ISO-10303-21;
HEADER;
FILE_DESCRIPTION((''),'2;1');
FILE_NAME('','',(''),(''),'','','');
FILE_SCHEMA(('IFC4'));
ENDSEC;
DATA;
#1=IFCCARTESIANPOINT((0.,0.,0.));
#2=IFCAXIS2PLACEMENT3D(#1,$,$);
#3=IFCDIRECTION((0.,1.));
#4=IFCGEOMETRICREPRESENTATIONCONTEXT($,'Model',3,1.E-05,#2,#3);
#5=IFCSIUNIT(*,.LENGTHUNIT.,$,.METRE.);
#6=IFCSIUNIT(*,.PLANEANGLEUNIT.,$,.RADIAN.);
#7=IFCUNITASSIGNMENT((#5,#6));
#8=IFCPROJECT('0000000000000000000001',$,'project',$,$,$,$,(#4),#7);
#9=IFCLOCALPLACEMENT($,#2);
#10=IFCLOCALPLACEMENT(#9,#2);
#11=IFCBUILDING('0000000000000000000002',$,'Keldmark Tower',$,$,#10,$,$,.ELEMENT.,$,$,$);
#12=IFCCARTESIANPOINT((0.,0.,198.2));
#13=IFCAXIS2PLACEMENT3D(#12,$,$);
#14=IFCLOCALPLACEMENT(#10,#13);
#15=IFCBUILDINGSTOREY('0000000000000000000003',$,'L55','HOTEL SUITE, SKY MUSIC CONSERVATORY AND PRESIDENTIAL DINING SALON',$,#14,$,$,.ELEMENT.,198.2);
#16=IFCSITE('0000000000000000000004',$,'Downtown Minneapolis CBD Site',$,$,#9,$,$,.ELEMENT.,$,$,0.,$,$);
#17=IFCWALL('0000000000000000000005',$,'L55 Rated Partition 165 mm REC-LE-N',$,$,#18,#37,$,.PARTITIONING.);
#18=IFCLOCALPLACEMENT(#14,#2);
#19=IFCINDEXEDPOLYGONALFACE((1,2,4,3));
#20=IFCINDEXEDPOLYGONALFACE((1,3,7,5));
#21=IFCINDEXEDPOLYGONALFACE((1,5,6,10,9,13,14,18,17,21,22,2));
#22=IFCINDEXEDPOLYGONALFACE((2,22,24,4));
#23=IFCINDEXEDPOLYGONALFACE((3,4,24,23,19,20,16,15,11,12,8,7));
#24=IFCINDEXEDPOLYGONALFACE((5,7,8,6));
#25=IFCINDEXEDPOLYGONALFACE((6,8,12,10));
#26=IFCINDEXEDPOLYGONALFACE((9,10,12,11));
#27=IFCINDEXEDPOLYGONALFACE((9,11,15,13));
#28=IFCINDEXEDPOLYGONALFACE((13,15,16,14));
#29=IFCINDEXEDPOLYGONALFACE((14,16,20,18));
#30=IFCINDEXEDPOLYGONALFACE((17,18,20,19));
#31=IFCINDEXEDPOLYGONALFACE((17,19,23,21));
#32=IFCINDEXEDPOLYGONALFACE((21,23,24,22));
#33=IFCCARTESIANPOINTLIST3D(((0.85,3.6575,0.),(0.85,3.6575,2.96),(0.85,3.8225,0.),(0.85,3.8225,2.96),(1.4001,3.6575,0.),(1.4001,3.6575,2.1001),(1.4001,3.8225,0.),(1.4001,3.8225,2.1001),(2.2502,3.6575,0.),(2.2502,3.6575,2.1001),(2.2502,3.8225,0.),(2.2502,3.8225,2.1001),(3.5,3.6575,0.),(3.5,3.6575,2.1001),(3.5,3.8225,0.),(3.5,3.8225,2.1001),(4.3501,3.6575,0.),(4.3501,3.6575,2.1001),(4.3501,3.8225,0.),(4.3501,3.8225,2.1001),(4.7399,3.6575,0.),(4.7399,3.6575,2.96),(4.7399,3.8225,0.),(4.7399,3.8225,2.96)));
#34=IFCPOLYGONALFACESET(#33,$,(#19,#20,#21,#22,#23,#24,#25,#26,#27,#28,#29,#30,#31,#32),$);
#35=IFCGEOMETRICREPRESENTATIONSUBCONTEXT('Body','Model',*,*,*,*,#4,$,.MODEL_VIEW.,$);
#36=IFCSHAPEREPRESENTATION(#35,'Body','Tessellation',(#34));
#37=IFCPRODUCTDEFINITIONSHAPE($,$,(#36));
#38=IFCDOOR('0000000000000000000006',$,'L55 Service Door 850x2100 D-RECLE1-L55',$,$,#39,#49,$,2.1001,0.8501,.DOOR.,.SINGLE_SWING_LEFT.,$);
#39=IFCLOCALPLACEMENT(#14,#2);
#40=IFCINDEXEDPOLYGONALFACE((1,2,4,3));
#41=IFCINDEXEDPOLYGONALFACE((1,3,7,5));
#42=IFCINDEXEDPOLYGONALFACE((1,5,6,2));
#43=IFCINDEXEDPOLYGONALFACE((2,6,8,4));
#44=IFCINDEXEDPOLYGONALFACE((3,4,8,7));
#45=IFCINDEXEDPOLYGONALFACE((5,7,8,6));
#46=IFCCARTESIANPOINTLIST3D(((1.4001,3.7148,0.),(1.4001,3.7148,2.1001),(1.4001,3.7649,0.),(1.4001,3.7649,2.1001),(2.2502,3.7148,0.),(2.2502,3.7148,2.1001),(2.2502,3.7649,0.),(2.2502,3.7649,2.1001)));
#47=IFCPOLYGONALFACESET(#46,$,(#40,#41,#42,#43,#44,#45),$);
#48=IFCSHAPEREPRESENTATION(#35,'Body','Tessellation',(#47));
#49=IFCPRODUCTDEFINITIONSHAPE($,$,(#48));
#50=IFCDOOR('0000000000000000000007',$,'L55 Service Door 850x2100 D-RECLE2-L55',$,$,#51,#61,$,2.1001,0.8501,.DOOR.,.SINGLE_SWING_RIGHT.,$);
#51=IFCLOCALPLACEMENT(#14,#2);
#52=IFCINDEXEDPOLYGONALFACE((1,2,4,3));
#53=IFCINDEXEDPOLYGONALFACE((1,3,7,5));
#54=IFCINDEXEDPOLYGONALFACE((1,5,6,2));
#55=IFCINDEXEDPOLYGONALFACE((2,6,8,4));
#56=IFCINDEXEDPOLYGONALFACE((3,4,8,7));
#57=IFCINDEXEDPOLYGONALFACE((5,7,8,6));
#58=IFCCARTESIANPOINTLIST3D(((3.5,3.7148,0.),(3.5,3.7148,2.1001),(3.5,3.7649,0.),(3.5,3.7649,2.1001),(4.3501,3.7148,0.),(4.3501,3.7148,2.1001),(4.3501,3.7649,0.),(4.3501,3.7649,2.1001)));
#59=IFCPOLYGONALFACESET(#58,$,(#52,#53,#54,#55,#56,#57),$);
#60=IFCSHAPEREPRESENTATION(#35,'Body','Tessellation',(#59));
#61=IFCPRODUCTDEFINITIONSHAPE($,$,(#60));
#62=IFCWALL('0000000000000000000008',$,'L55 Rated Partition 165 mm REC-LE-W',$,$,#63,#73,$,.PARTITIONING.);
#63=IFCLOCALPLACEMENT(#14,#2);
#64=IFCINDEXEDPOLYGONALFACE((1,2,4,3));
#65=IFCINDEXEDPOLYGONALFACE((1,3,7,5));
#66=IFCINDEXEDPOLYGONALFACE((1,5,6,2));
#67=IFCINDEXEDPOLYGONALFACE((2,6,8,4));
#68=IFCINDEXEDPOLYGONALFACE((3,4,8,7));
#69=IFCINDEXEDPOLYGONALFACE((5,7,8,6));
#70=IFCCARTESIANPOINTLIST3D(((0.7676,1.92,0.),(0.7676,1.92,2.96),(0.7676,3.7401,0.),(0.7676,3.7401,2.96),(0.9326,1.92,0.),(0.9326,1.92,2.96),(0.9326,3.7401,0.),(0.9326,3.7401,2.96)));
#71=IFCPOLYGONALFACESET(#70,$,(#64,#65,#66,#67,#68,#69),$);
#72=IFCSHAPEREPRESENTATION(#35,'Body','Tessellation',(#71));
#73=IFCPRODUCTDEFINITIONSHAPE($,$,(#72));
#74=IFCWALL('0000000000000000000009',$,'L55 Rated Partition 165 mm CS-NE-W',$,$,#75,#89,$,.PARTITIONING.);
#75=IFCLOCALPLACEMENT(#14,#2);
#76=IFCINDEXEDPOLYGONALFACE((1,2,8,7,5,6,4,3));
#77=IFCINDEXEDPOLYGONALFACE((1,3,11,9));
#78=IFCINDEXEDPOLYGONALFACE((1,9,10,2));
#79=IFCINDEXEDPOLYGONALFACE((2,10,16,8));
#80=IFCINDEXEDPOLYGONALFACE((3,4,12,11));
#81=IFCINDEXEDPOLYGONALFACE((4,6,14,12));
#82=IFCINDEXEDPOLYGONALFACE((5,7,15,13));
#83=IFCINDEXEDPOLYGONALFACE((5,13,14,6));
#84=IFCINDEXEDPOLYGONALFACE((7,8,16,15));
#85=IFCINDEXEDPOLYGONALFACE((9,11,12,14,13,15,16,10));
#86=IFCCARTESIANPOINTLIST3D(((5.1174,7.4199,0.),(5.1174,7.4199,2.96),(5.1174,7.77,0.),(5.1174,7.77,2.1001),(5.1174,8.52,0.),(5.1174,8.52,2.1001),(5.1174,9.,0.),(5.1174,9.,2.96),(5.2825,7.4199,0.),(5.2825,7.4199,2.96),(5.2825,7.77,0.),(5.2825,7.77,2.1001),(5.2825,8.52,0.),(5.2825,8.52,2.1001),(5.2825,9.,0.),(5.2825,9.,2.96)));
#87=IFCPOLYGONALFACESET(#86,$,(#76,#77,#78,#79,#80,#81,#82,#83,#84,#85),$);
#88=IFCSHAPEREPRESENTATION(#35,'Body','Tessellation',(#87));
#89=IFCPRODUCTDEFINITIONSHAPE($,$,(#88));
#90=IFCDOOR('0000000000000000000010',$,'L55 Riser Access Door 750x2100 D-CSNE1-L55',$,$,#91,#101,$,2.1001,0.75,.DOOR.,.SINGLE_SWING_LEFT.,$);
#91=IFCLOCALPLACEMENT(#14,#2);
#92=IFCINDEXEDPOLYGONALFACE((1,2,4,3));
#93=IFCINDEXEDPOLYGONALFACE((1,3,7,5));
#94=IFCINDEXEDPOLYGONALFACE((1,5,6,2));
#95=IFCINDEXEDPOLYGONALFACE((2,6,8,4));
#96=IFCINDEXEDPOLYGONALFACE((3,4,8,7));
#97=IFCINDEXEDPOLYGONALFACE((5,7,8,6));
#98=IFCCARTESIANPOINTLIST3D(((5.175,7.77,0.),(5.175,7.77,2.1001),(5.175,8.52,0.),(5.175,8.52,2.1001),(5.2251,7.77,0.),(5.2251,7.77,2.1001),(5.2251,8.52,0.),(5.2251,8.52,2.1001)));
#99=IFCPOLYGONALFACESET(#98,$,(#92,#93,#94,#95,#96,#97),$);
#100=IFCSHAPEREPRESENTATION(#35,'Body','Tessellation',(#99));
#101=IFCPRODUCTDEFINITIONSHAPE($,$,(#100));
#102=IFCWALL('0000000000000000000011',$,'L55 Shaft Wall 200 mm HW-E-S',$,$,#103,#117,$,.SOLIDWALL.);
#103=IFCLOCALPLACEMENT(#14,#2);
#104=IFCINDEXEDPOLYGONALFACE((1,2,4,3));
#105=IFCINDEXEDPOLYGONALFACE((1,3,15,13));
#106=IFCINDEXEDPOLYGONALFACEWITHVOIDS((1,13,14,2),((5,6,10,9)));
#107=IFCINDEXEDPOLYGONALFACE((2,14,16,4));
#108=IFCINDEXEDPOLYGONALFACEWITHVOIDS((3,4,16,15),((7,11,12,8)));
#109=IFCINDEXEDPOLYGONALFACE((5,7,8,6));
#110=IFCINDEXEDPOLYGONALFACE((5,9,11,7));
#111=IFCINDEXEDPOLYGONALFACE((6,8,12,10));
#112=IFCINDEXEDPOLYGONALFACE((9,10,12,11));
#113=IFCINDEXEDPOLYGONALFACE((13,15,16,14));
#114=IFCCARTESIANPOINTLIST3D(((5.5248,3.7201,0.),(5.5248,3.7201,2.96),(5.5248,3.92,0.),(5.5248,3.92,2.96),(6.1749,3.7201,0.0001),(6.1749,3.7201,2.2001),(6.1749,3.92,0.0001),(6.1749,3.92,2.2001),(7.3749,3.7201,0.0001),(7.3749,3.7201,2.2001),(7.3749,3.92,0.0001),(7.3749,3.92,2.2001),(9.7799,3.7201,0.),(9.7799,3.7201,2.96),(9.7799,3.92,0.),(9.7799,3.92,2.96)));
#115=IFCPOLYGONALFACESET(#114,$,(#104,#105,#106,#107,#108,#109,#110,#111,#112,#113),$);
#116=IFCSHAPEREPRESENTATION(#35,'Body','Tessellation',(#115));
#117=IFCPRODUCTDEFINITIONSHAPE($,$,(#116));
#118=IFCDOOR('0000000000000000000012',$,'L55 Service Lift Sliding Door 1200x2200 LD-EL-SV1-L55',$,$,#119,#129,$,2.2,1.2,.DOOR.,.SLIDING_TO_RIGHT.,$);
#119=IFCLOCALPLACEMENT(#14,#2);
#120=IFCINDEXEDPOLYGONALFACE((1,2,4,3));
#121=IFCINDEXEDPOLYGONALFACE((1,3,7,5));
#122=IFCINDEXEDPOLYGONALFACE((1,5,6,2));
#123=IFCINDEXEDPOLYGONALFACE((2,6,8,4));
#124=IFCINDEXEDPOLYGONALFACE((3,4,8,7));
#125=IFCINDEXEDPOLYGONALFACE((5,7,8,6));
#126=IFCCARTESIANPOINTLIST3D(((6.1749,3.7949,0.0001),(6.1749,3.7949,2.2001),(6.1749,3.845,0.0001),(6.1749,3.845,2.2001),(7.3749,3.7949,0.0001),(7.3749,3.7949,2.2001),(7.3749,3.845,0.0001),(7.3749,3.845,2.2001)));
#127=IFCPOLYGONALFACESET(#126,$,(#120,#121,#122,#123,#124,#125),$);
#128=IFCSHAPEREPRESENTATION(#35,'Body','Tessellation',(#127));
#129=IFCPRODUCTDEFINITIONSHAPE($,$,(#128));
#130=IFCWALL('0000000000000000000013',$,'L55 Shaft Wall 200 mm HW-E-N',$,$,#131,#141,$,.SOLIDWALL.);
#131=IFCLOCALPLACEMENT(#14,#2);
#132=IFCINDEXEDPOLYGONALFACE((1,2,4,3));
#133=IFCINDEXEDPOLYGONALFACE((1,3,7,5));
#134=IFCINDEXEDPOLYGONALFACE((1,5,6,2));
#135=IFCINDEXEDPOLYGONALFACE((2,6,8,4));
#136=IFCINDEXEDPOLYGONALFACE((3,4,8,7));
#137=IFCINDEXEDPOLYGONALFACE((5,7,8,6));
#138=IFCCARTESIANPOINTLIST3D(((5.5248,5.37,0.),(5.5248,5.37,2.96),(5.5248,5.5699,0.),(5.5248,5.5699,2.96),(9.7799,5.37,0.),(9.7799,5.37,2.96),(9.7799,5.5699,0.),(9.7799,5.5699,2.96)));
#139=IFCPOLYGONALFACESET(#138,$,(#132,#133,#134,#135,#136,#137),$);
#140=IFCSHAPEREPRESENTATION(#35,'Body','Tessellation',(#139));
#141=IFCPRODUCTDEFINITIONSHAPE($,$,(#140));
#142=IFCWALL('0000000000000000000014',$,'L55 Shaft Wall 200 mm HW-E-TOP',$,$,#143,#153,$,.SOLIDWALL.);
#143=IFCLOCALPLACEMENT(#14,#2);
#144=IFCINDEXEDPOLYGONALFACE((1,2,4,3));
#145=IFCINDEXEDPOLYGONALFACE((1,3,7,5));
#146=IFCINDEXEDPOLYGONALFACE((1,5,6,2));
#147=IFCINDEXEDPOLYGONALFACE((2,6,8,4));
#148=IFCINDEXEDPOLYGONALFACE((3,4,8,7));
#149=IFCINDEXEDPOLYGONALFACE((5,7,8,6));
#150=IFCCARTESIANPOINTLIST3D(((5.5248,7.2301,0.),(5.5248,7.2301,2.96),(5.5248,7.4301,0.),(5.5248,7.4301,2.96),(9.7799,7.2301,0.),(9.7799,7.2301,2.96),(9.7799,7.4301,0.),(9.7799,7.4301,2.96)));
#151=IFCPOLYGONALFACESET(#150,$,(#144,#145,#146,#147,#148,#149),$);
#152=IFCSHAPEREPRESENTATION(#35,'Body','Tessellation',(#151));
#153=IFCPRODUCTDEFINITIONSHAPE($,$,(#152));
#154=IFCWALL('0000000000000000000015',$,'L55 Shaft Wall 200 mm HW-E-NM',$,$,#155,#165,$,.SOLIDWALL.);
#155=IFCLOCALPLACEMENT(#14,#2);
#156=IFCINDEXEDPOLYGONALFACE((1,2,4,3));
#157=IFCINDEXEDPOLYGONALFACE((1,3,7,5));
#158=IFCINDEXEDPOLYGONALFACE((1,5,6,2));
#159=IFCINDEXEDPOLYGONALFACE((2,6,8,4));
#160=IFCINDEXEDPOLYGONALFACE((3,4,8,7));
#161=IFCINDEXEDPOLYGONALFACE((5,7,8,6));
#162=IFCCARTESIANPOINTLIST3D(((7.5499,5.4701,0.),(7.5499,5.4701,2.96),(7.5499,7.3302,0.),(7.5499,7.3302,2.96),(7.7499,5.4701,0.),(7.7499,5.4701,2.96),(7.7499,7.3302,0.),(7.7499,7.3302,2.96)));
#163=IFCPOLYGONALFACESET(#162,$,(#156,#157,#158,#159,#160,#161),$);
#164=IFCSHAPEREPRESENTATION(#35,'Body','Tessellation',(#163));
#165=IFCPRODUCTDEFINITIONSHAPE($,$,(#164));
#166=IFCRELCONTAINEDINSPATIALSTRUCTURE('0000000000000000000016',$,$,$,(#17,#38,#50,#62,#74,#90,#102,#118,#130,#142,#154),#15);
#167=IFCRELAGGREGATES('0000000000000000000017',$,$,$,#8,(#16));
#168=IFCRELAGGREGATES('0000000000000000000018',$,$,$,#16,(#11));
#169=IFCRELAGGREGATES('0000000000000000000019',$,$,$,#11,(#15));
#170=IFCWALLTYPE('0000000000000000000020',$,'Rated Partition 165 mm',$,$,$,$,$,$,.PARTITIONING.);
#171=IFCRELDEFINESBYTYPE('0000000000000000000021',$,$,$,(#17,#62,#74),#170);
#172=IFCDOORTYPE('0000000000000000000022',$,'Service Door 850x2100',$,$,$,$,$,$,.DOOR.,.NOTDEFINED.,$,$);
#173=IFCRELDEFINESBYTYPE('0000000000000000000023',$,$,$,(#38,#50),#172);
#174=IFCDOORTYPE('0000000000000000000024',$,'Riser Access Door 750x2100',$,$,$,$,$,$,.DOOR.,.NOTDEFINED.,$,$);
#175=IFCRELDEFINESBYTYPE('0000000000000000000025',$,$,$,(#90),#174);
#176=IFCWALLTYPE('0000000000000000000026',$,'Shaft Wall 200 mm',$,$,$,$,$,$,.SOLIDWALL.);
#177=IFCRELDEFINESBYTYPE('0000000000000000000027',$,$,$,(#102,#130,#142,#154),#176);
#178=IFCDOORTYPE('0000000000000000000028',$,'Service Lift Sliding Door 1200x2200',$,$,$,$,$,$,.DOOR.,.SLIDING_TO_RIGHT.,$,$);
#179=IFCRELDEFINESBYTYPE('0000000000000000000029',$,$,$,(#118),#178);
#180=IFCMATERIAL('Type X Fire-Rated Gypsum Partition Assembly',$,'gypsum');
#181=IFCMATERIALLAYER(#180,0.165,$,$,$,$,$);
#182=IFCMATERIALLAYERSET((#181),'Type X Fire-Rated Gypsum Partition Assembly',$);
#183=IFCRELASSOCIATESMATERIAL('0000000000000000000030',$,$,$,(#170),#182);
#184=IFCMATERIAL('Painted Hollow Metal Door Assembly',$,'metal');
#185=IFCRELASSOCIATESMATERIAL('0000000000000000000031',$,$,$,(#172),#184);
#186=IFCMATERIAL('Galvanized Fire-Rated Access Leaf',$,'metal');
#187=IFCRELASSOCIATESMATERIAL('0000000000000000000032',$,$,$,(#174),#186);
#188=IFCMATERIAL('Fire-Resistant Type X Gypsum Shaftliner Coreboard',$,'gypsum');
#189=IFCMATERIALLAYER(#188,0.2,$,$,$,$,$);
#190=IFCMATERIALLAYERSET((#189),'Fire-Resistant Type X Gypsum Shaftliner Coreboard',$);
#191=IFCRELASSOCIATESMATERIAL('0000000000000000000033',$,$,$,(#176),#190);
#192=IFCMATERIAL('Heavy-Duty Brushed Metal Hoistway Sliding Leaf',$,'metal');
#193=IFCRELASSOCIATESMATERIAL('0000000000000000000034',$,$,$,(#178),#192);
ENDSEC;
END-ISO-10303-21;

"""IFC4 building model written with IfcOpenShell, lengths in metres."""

from ifc_helpers import new_model, si_unit, direction, frame, frame_2d, origin, place, context, subcontext, project, spatial, rectangle, extrude, material, layer, layer_set, type_object, element, fill, save


model = new_model("IFC4")

# Units and contexts
model_context = context("Model", 3, precision=1e-05, world=origin(), true_north=direction((0.0, 1.0)))
body_context = subcontext(model_context, "Body", "Model", "MODEL_VIEW")
ifc_project = project(units=[si_unit("LENGTHUNIT", "METRE"), si_unit("PLANEANGLEUNIT", "RADIAN")], contexts=[model_context])

# Site, building, storey
site_placement = place(None, origin())
site = spatial("IfcSite", under=ifc_project, at=site_placement, Name="Downtown Minneapolis CBD Site", CompositionType="ELEMENT", RefElevation=0.0)
building_placement = place(site_placement, origin())
building = spatial("IfcBuilding", under=site, at=building_placement, Name="Keldmark Tower", CompositionType="ELEMENT")
storey_placement = place(building_placement, frame((0.0, 0.0, 198.2)))
storey = spatial("IfcBuildingStorey", under=building, at=storey_placement, Name="L55", Description="HOTEL SUITE, SKY MUSIC CONSERVATORY AND PRESIDENTIAL DINING SALON", CompositionType="ELEMENT", Elevation=198.2)

# Wall, openings, doors
ifc_material_1 = material(Name="Type X Fire-Rated Gypsum Partition Assembly", Category="gypsum")
ifc_layer_1 = layer(ifc_material_1, 0.165)
ifc_layer_set_1 = layer_set([ifc_layer_1], Name="Type X Fire-Rated Gypsum Partition Assembly")
wall_type_1 = type_object("IfcWallType", Name="Rated Partition 165 mm", PredefinedType="PARTITIONING", material=ifc_layer_set_1)
wall_1_placement = place(storey_placement, frame((0.8501, 3.74, 0.0), z_axis=(0.0, 0.0, 1.0), x_axis=(1.0, 0.0, 0.0)))
wall_1 = element("IfcWall", 1, at=wall_1_placement, inside=storey, type_object=wall_type_1, Name="L55 Rated Partition 165 mm REC-LE-N", PredefinedType="PARTITIONING", context=body_context, shape_type="SweptSolid", body=[
    extrude(rectangle(XDim=3.8899, YDim=0.165, at=frame_2d((1.9448, 0.0))), origin(), (0.0, 0.0, 1.0), 2.96),
])
opening_1_placement = place(wall_1_placement, frame((0.55, 0.0, 0.0)))
opening_1 = element("IfcOpeningElement", 2, at=opening_1_placement, cuts=wall_1, PredefinedType="OPENING", context=body_context, shape_type="SweptSolid", body=[
    extrude(rectangle(XDim=0.8501, YDim=2.1001, at=frame_2d((0.425, 1.05))), frame((0.0, 0.0925, 0.0), z_axis=(0.0, -1.0, 0.0), x_axis=(1.0, 0.0, 0.0)), (0.0, 0.0, 1.0), 0.1851),
])
opening_2_placement = place(wall_1_placement, frame((2.6499, 0.0, 0.0)))
opening_2 = element("IfcOpeningElement", 3, at=opening_2_placement, cuts=wall_1, PredefinedType="OPENING", context=body_context, shape_type="SweptSolid", body=[
    extrude(rectangle(XDim=0.8501, YDim=2.1001, at=frame_2d((0.425, 1.05))), frame((0.0, 0.0925, 0.0), z_axis=(0.0, -1.0, 0.0), x_axis=(1.0, 0.0, 0.0)), (0.0, 0.0, 1.0), 0.1851),
])
ifc_material_2 = material(Name="Painted Hollow Metal Door Assembly", Category="metal")
door_type_1 = type_object("IfcDoorType", Name="Service Door 850x2100", OperationType="NOTDEFINED", PredefinedType="DOOR", material=ifc_material_2)
door_1_placement = place(opening_1_placement, origin())
door_1 = element("IfcDoor", 4, at=door_1_placement, inside=storey, type_object=door_type_1, Name="L55 Service Door 850x2100 D-RECLE1-L55", OperationType="SINGLE_SWING_LEFT", OverallHeight=2.1001, OverallWidth=0.8501, PredefinedType="DOOR", context=body_context, shape_type="SweptSolid", body=[
    extrude(rectangle(XDim=0.8501, YDim=2.1001, at=frame_2d((0.425, 1.05))), frame((0.0, 0.0249, 0.0), z_axis=(0.0, -1.0, 0.0), x_axis=(1.0, 0.0, 0.0)), (0.0, 0.0, 1.0), 0.05),
])
fill(opening_1, door_1)
door_2_placement = place(opening_2_placement, origin())
door_2 = element("IfcDoor", 5, at=door_2_placement, inside=storey, type_object=door_type_1, Name="L55 Service Door 850x2100 D-RECLE2-L55", OperationType="SINGLE_SWING_RIGHT", OverallHeight=2.1001, OverallWidth=0.8501, PredefinedType="DOOR", context=body_context, shape_type="SweptSolid", body=[
    extrude(rectangle(XDim=0.8501, YDim=2.1001, at=frame_2d((0.425, 1.05))), frame((0.0, 0.0249, 0.0), z_axis=(0.0, -1.0, 0.0), x_axis=(1.0, 0.0, 0.0)), (0.0, 0.0, 1.0), 0.05),
])
fill(opening_2, door_2)

# Wall
wall_2_placement = place(storey_placement, frame((0.8501, 1.9199, 0.0), z_axis=(0.0, 0.0, 1.0), x_axis=(0.0, 1.0, 0.0)))
element("IfcWall", 6, at=wall_2_placement, inside=storey, type_object=wall_type_1, Name="L55 Rated Partition 165 mm REC-LE-W", PredefinedType="PARTITIONING", context=body_context, shape_type="SweptSolid", body=[
    extrude(rectangle(XDim=1.8201, YDim=0.165, at=frame_2d((0.9102, 0.0))), origin(), (0.0, 0.0, 1.0), 2.96),
])

# Walls, openings, doors
wall_3_placement = place(storey_placement, frame((5.2, 7.4199, 0.0), z_axis=(0.0, 0.0, 1.0), x_axis=(0.0, 1.0, 0.0)))
wall_3 = element("IfcWall", 7, at=wall_3_placement, inside=storey, type_object=wall_type_1, Name="L55 Rated Partition 165 mm CS-NE-W", PredefinedType="PARTITIONING", context=body_context, shape_type="SweptSolid", body=[
    extrude(rectangle(XDim=1.5801, YDim=0.165, at=frame_2d((0.79, 0.0))), origin(), (0.0, 0.0, 1.0), 2.96),
])
opening_3_placement = place(wall_3_placement, frame((0.3501, 0.0, 0.0)))
opening_3 = element("IfcOpeningElement", 8, at=opening_3_placement, cuts=wall_3, PredefinedType="OPENING", context=body_context, shape_type="SweptSolid", body=[
    extrude(rectangle(XDim=0.75, YDim=2.1001, at=frame_2d((0.375, 1.05))), frame((0.0, 0.0925, 0.0), z_axis=(0.0, -1.0, 0.0), x_axis=(1.0, 0.0, 0.0)), (0.0, 0.0, 1.0), 0.1851),
])
ifc_material_3 = material(Name="Galvanized Fire-Rated Access Leaf", Category="metal")
door_type_2 = type_object("IfcDoorType", Name="Riser Access Door 750x2100", OperationType="NOTDEFINED", PredefinedType="DOOR", material=ifc_material_3)
door_3_placement = place(opening_3_placement, origin())
door_3 = element("IfcDoor", 9, at=door_3_placement, inside=storey, type_object=door_type_2, Name="L55 Riser Access Door 750x2100 D-CSNE1-L55", OperationType="SINGLE_SWING_LEFT", OverallHeight=2.1001, OverallWidth=0.75, PredefinedType="DOOR", context=body_context, shape_type="SweptSolid", body=[
    extrude(rectangle(XDim=0.75, YDim=2.1001, at=frame_2d((0.375, 1.05))), frame((0.0, 0.0249, 0.0), z_axis=(0.0, -1.0, 0.0), x_axis=(1.0, 0.0, 0.0)), (0.0, 0.0, 1.0), 0.05),
])
fill(opening_3, door_3)
ifc_material_4 = material(Name="Fire-Resistant Type X Gypsum Shaftliner Coreboard", Category="gypsum")
ifc_layer_2 = layer(ifc_material_4, 0.2)
ifc_layer_set_2 = layer_set([ifc_layer_2], Name="Fire-Resistant Type X Gypsum Shaftliner Coreboard")
wall_type_2 = type_object("IfcWallType", Name="Shaft Wall 200 mm", PredefinedType="SOLIDWALL", material=ifc_layer_set_2)
wall_4_placement = place(storey_placement, frame((5.5249, 3.8201, 0.0), z_axis=(0.0, 0.0, 1.0), x_axis=(1.0, 0.0, 0.0)))
wall_4 = element("IfcWall", 10, at=wall_4_placement, inside=storey, type_object=wall_type_2, Name="L55 Shaft Wall 200 mm HW-E-S", PredefinedType="SOLIDWALL", context=body_context, shape_type="SweptSolid", body=[
    extrude(rectangle(XDim=4.2551, YDim=0.2, at=frame_2d((2.1274, 0.0))), origin(), (0.0, 0.0, 1.0), 2.96),
])
opening_4_placement = place(wall_4_placement, frame((0.6499, 0.0, 0.0)))
opening_4 = element("IfcOpeningElement", 11, at=opening_4_placement, cuts=wall_4, PredefinedType="OPENING", context=body_context, shape_type="SweptSolid", body=[
    extrude(rectangle(XDim=1.2, YDim=2.2, at=frame_2d((0.6001, 1.1001))), frame((0.0, 0.1099, 0.0), z_axis=(0.0, -1.0, 0.0), x_axis=(1.0, 0.0, 0.0)), (0.0, 0.0, 1.0), 0.22),
])
ifc_material_5 = material(Name="Heavy-Duty Brushed Metal Hoistway Sliding Leaf", Category="metal")
door_type_3 = type_object("IfcDoorType", Name="Service Lift Sliding Door 1200x2200", OperationType="SLIDING_TO_RIGHT", PredefinedType="DOOR", material=ifc_material_5)
door_4_placement = place(opening_4_placement, origin())
door_4 = element("IfcDoor", 12, at=door_4_placement, inside=storey, type_object=door_type_3, Name="L55 Service Lift Sliding Door 1200x2200 LD-EL-SV1-L55", OperationType="SLIDING_TO_RIGHT", OverallHeight=2.2, OverallWidth=1.2, PredefinedType="DOOR", context=body_context, shape_type="SweptSolid", body=[
    extrude(rectangle(XDim=1.2, YDim=2.2, at=frame_2d((0.6001, 1.1001))), frame((0.0, 0.0249, 0.0), z_axis=(0.0, -1.0, 0.0), x_axis=(1.0, 0.0, 0.0)), (0.0, 0.0, 1.0), 0.05),
])
fill(opening_4, door_4)

# Walls
for number, where, z_axis, x_axis, name in (
    (13, (5.5249, 5.47, 0.0), (0.0, 0.0, 1.0), (1.0, 0.0, 0.0), "L55 Shaft Wall 200 mm HW-E-N"),
    (14, (5.5249, 7.3301, 0.0), (0.0, 0.0, 1.0), (1.0, 0.0, 0.0), "L55 Shaft Wall 200 mm HW-E-TOP"),
):
    element("IfcWall", number, at=place(storey_placement, frame(where, z_axis=z_axis, x_axis=x_axis)), inside=storey, type_object=wall_type_2, Name=name, PredefinedType="SOLIDWALL", context=body_context, shape_type="SweptSolid", body=[
        extrude(rectangle(XDim=4.2551, YDim=0.2, at=frame_2d((2.1274, 0.0))), origin(), (0.0, 0.0, 1.0), 2.96),
    ])
wall_5_placement = place(storey_placement, frame((7.6499, 5.47, 0.0), z_axis=(0.0, 0.0, 1.0), x_axis=(0.0, 1.0, 0.0)))
element("IfcWall", 15, at=wall_5_placement, inside=storey, type_object=wall_type_2, Name="L55 Shaft Wall 200 mm HW-E-NM", PredefinedType="SOLIDWALL", context=body_context, shape_type="SweptSolid", body=[
    extrude(rectangle(XDim=1.8601, YDim=0.2, at=frame_2d((0.9302, 0.0))), origin(), (0.0, 0.0, 1.0), 2.96),
])

save(model, "model.ifc")
